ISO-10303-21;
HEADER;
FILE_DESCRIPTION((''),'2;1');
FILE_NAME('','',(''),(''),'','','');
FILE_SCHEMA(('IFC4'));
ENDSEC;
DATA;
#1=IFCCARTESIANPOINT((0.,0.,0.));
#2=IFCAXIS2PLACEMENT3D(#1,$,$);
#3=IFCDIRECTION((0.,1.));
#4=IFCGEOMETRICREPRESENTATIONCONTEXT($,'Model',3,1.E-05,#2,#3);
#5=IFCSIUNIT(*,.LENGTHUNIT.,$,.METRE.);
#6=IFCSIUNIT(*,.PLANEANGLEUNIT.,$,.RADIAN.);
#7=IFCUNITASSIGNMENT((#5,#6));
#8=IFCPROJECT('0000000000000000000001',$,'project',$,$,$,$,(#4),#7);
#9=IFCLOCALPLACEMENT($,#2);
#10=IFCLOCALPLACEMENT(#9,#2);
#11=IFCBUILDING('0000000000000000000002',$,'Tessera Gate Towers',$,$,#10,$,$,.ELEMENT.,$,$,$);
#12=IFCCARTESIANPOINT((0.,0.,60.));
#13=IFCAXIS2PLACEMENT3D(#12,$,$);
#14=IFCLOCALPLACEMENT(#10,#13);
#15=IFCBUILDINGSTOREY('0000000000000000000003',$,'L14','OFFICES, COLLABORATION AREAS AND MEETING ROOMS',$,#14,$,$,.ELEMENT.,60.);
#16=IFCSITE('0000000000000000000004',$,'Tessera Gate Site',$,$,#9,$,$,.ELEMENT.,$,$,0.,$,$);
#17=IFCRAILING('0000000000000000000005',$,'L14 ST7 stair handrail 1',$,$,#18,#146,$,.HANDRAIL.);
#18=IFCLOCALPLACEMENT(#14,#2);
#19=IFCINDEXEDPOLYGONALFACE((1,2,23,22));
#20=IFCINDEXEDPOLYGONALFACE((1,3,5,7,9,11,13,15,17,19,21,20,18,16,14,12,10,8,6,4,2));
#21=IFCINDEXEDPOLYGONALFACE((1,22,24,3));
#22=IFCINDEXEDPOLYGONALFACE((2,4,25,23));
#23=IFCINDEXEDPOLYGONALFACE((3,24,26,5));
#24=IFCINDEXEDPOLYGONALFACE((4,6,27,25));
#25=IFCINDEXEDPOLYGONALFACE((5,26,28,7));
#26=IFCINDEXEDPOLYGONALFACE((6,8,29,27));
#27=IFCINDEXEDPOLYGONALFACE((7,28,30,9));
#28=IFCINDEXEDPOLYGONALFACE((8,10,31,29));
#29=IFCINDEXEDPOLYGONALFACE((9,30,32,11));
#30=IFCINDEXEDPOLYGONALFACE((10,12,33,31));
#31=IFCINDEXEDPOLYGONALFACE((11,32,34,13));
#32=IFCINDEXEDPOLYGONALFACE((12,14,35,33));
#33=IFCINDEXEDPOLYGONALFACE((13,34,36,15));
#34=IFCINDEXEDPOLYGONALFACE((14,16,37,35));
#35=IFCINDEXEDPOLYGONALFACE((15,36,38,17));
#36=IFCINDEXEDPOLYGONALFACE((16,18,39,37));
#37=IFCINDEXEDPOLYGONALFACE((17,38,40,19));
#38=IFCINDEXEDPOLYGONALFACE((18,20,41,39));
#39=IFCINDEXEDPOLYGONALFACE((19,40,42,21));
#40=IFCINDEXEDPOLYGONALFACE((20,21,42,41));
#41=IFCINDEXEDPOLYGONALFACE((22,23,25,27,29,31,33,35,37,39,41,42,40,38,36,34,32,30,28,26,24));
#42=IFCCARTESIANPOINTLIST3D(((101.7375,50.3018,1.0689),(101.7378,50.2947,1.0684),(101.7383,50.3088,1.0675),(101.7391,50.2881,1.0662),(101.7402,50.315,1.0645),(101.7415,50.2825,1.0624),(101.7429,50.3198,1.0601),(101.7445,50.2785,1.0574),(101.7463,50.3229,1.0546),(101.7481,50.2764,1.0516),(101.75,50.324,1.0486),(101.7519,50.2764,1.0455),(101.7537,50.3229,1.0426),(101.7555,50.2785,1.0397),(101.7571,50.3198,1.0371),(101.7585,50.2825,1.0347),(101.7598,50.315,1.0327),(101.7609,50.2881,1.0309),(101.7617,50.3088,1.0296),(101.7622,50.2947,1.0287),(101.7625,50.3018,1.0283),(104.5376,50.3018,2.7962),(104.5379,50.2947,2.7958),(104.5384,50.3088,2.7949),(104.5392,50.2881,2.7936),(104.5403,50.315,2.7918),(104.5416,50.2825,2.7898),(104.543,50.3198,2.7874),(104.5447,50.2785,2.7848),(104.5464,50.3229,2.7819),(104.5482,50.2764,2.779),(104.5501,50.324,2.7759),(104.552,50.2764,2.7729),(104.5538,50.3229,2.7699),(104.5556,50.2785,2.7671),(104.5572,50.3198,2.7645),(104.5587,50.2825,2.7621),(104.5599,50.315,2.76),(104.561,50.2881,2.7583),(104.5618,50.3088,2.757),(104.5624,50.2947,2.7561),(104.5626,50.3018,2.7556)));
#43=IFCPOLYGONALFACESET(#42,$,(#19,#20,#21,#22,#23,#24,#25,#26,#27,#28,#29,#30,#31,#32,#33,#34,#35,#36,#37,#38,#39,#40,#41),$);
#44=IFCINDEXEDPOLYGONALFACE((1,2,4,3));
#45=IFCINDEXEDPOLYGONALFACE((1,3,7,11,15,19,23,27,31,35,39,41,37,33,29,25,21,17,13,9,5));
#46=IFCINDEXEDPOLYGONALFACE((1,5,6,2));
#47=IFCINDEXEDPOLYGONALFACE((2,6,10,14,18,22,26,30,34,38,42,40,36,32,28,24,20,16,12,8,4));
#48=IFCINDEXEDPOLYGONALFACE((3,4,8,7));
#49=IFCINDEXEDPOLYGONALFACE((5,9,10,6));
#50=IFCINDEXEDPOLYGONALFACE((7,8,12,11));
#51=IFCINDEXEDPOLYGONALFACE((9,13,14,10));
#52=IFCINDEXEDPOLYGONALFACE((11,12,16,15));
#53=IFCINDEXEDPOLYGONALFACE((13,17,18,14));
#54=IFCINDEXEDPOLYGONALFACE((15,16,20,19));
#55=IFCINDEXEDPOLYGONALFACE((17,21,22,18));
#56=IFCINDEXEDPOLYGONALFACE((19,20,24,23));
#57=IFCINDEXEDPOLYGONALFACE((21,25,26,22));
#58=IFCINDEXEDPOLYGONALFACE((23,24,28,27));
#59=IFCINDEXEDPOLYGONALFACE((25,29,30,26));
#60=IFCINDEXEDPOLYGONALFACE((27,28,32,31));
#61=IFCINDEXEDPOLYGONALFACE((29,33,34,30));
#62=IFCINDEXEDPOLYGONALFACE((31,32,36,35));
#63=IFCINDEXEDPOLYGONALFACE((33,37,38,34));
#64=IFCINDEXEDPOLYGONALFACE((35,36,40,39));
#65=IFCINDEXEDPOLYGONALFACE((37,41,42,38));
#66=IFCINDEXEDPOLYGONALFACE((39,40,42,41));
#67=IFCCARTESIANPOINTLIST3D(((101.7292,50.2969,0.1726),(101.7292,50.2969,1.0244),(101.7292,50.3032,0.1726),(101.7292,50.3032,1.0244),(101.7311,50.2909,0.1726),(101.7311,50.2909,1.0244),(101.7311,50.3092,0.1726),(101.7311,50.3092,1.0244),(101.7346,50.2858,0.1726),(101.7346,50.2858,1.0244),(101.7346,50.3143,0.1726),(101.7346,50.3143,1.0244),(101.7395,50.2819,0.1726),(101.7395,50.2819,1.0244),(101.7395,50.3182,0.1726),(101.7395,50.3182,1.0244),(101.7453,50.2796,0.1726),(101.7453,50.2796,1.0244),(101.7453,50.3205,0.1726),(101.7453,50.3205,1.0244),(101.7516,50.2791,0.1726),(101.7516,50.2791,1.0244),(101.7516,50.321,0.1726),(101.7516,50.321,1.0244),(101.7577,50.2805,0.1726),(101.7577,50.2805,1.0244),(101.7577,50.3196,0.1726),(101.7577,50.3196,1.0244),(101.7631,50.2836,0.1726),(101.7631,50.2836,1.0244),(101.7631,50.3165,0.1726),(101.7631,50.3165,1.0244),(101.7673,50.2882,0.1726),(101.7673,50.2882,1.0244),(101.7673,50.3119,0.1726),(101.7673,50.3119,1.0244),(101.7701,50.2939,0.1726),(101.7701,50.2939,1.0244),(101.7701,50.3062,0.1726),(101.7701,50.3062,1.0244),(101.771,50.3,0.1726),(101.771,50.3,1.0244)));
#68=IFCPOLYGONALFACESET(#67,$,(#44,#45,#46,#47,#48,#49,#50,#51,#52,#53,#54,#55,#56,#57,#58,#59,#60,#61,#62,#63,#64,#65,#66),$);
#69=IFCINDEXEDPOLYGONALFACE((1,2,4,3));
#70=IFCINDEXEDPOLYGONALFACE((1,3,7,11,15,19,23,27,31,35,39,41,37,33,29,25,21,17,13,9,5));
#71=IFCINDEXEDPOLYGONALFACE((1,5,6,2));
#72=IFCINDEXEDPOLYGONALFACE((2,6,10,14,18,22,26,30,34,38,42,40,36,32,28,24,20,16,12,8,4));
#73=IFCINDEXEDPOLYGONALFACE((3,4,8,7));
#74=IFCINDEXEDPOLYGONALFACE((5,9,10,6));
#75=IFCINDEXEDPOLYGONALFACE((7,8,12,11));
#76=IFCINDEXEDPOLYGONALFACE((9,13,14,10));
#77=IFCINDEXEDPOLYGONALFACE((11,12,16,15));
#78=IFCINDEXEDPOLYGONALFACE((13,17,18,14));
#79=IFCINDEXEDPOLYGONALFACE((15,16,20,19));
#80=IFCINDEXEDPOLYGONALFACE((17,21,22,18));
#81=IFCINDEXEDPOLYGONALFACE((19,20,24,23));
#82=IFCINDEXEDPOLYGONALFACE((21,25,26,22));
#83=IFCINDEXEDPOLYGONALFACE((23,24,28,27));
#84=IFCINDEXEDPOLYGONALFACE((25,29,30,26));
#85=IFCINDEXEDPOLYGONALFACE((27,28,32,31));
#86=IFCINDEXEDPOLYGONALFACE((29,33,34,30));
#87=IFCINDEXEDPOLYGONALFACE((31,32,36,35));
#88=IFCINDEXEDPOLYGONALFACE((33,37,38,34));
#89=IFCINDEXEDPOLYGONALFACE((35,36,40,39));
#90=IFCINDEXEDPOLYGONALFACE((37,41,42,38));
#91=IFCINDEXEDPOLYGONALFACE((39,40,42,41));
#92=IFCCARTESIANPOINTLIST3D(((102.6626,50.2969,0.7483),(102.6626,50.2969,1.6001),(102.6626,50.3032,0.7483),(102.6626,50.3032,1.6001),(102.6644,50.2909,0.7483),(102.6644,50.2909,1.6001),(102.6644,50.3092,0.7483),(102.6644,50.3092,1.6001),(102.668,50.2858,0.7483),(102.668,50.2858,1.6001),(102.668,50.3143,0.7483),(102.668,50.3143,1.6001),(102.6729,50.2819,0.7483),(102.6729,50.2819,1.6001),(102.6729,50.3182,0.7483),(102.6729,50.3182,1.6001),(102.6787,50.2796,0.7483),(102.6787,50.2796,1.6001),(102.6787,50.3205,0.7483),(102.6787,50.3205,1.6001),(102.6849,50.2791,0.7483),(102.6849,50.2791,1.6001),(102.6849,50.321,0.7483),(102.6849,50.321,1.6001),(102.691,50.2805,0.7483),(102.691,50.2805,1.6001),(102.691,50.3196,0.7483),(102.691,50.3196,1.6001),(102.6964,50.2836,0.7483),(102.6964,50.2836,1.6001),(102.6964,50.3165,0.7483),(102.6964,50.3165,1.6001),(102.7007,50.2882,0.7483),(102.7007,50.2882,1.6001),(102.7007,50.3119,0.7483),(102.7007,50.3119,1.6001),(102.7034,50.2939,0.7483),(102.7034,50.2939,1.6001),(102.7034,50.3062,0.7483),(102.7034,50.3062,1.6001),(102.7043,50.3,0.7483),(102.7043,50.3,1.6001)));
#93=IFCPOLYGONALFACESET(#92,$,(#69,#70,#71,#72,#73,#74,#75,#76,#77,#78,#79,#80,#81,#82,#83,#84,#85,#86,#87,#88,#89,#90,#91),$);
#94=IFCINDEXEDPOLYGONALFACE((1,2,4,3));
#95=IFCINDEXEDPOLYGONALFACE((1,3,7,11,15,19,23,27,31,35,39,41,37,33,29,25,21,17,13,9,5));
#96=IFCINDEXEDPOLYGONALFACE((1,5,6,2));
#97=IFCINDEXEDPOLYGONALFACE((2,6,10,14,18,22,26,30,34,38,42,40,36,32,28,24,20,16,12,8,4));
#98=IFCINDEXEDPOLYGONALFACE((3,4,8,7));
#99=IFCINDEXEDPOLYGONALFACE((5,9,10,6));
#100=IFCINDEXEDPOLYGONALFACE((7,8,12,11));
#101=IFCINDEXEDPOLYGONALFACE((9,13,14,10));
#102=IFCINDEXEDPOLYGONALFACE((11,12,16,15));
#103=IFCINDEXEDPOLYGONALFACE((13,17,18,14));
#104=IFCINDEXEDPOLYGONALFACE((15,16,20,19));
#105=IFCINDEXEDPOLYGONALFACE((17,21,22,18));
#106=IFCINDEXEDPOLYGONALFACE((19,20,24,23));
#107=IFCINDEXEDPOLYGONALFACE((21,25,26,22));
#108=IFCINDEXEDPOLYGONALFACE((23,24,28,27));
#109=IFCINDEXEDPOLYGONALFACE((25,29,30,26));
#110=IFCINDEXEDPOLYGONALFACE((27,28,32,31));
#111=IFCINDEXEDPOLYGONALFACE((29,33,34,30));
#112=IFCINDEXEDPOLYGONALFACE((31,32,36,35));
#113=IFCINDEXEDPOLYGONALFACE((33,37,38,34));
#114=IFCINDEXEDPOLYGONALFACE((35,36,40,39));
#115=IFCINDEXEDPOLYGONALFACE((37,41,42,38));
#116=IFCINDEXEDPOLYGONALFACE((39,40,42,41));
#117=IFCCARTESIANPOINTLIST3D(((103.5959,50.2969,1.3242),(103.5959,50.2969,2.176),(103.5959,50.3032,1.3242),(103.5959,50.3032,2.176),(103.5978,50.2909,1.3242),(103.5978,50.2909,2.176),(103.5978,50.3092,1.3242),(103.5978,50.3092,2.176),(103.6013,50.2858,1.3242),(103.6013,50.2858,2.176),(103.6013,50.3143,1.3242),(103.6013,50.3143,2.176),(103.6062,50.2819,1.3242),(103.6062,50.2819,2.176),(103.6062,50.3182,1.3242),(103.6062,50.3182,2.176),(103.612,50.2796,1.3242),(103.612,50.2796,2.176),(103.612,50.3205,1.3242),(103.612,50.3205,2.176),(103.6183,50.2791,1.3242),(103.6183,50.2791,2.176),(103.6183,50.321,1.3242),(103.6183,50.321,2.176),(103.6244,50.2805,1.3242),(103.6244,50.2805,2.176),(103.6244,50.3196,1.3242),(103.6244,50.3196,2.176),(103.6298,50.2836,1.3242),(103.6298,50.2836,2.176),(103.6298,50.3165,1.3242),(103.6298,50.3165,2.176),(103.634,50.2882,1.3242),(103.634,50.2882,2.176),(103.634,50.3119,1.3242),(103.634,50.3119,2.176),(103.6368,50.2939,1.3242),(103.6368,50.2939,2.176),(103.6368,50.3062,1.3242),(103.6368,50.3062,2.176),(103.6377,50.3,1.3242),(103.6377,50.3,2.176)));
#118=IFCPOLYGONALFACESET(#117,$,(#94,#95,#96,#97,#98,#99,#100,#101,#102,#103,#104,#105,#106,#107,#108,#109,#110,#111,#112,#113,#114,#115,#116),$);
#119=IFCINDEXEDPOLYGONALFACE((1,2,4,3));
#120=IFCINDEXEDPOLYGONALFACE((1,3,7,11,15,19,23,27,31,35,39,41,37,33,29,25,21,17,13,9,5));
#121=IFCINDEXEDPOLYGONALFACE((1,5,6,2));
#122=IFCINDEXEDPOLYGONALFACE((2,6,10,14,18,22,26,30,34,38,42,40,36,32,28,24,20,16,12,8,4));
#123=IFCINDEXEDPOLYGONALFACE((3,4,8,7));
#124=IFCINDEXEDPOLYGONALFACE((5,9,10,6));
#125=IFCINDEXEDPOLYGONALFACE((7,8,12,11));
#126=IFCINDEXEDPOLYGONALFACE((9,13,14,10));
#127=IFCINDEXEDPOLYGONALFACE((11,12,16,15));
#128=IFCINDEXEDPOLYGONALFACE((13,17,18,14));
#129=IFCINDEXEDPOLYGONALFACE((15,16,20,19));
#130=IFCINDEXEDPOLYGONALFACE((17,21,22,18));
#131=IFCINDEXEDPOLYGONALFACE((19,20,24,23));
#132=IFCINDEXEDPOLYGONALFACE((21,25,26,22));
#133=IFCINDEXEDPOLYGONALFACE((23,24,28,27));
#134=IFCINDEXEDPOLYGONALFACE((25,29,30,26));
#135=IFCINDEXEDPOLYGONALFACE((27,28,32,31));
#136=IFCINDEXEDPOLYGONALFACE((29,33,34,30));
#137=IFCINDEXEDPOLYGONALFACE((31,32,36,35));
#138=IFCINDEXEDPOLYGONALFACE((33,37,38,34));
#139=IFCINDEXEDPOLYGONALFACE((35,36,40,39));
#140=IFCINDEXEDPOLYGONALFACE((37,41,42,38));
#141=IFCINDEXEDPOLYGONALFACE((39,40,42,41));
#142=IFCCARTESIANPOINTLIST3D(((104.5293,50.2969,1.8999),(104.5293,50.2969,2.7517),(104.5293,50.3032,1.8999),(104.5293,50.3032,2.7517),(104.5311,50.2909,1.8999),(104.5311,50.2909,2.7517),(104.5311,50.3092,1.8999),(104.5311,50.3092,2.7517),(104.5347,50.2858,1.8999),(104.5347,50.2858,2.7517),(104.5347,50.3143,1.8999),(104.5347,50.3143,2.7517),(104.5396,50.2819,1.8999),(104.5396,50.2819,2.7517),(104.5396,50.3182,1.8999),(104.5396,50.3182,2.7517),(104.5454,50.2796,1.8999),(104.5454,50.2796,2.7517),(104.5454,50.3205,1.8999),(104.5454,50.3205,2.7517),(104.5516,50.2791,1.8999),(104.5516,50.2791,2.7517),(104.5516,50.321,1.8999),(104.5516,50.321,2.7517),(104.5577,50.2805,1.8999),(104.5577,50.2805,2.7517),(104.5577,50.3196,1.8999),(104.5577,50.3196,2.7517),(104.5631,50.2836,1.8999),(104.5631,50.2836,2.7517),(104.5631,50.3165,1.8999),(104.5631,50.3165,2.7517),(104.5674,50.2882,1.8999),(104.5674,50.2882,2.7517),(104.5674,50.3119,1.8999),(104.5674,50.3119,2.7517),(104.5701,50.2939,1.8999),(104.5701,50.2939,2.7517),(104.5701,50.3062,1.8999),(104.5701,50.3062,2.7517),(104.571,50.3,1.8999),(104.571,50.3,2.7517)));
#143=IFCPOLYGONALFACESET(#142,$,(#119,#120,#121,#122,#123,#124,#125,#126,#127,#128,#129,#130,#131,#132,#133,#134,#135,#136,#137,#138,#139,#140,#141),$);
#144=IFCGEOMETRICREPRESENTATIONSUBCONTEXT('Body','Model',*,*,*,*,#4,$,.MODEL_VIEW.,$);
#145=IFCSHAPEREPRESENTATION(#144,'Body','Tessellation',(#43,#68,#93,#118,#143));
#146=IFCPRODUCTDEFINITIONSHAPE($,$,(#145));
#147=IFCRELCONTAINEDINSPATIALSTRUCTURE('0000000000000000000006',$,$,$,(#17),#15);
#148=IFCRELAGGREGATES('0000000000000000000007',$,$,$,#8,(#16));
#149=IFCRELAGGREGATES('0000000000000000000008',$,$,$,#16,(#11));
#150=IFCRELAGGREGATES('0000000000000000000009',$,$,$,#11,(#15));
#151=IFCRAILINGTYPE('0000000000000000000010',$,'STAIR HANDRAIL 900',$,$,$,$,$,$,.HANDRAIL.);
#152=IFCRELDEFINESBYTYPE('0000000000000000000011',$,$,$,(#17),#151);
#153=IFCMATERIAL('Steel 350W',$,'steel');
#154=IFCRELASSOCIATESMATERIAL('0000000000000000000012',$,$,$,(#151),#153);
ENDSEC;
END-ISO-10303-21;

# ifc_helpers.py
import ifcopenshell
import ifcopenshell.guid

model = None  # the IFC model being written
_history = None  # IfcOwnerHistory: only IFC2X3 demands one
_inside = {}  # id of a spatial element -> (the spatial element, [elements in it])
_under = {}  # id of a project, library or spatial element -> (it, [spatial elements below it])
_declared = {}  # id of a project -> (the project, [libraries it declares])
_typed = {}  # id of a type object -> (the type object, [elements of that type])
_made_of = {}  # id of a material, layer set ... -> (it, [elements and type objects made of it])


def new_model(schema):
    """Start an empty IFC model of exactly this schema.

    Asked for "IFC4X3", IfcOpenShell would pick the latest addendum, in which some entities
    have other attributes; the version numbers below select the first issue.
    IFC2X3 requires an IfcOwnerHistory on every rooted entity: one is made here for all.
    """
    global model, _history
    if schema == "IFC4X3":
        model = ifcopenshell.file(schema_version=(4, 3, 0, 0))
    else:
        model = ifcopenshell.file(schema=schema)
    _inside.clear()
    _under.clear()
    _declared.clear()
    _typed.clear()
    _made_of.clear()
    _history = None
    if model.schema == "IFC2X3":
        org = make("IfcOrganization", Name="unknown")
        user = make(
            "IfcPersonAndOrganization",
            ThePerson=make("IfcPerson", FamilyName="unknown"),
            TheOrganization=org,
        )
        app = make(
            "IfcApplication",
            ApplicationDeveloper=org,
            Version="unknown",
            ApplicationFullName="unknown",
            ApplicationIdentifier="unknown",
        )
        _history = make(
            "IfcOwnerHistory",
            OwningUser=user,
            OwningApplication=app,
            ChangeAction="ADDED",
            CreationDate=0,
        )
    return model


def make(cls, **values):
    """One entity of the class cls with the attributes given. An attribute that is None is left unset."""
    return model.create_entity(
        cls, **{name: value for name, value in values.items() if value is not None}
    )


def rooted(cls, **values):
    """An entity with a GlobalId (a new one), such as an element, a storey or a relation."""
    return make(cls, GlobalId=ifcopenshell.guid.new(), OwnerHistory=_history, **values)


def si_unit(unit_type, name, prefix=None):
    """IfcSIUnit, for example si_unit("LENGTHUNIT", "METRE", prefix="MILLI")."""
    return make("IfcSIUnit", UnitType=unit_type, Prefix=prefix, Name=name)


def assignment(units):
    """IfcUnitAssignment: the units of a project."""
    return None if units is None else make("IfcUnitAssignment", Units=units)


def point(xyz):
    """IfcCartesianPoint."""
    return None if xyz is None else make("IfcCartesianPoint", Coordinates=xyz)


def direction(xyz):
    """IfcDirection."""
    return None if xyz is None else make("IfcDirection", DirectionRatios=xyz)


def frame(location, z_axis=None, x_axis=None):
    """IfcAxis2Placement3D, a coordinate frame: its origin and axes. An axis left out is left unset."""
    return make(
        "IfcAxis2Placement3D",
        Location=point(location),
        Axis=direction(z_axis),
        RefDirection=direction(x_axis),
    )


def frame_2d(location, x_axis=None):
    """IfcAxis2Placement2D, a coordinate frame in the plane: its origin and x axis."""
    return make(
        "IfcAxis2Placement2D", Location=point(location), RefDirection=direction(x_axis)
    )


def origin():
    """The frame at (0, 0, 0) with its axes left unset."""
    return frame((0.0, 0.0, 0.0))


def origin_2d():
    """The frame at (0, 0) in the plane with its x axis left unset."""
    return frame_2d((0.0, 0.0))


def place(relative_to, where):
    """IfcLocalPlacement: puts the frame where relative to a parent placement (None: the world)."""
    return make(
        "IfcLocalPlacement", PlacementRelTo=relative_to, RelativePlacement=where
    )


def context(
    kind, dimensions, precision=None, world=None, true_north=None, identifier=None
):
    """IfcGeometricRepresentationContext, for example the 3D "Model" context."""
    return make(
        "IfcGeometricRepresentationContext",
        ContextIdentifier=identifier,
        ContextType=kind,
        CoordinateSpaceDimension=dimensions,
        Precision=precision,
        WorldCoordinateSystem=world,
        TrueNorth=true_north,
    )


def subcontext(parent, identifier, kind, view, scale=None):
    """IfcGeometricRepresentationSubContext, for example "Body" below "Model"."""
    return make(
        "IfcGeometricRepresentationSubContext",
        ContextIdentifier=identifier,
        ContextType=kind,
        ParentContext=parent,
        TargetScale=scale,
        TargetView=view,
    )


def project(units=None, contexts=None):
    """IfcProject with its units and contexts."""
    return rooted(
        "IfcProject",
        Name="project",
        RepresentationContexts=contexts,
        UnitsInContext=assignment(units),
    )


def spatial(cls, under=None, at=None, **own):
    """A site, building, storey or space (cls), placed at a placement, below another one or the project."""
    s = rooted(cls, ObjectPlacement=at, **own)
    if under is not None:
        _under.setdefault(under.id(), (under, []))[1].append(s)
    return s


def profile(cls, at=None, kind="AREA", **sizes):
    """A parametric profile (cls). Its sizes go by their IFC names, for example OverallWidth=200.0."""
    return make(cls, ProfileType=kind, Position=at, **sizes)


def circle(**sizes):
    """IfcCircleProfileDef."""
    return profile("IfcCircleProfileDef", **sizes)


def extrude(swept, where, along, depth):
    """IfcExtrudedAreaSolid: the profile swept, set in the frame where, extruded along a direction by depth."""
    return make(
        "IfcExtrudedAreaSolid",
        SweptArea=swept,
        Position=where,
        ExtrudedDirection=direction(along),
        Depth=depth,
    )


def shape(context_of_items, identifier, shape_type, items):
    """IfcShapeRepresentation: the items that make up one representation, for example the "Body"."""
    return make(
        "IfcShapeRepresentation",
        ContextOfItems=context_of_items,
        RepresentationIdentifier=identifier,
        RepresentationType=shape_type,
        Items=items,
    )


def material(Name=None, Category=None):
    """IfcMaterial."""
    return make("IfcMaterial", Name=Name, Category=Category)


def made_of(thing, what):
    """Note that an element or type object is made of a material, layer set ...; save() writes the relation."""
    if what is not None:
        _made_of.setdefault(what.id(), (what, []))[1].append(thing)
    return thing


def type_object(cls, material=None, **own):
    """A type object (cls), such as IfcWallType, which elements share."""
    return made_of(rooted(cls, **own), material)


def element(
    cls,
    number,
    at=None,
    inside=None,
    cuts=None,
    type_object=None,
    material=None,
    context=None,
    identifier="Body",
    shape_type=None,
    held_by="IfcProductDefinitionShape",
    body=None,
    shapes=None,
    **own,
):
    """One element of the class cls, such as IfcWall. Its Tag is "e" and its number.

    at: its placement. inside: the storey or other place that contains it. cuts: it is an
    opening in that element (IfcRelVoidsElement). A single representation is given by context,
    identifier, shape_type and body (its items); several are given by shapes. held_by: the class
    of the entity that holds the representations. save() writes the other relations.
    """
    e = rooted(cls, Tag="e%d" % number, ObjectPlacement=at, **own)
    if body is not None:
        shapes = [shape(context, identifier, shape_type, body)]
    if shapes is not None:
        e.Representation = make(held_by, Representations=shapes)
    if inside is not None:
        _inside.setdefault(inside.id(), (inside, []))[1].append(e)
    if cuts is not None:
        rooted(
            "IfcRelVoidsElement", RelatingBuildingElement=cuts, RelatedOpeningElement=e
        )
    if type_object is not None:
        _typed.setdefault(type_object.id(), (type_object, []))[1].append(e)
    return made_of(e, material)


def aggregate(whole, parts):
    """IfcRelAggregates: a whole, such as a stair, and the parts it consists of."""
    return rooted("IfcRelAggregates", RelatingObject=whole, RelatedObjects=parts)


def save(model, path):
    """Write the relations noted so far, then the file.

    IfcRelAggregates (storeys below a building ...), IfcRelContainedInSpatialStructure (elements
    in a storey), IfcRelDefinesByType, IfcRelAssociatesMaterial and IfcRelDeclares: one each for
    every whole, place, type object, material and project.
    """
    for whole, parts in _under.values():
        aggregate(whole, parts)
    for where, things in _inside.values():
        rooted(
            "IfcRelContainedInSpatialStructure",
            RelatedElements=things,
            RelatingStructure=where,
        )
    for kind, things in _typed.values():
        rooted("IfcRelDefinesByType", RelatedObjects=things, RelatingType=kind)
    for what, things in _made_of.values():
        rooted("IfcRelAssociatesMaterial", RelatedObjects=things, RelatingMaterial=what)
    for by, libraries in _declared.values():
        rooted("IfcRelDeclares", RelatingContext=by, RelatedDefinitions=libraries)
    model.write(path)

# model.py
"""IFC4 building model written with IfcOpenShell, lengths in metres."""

from ifc_helpers import new_model, si_unit, direction, frame, origin, origin_2d, place, context, subcontext, project, spatial, circle, extrude, material, type_object, element, save


model = new_model("IFC4")

# Units and contexts
model_context = context("Model", 3, precision=1e-05, world=origin(), true_north=direction((0.0, 1.0)))
body_context = subcontext(model_context, "Body", "Model", "MODEL_VIEW")
ifc_project = project(units=[si_unit("LENGTHUNIT", "METRE"), si_unit("PLANEANGLEUNIT", "RADIAN")], contexts=[model_context])

# Site, building, storey
site_placement = place(None, origin())
site = spatial("IfcSite", under=ifc_project, at=site_placement, Name="Tessera Gate Site", CompositionType="ELEMENT", RefElevation=0.0)
building_placement = place(site_placement, origin())
building = spatial("IfcBuilding", under=site, at=building_placement, Name="Tessera Gate Towers", CompositionType="ELEMENT")
storey_placement = place(building_placement, frame((0.0, 0.0, 60.0)))
storey = spatial("IfcBuildingStorey", under=building, at=storey_placement, Name="L14", Description="OFFICES, COLLABORATION AREAS AND MEETING ROOMS", CompositionType="ELEMENT", Elevation=60.0)

# Railing
ifc_material_1 = material(Name="Steel 350W", Category="steel")
railing_type_1 = type_object("IfcRailingType", Name="STAIR HANDRAIL 900", PredefinedType="HANDRAIL", material=ifc_material_1)
railing_1_placement = place(storey_placement, frame((101.75, 50.3, 0.1726)))
element("IfcRailing", 1, at=railing_1_placement, inside=storey, type_object=railing_type_1, Name="L14 ST7 stair handrail 1", PredefinedType="HANDRAIL", context=body_context, shape_type="SweptSolid", body=[
    extrude(circle(Radius=0.0239, at=origin_2d()), frame((0.0, 0.0, 0.876), z_axis=(0.85109, 0.0, 0.52502), x_axis=(0.0, 1.0, 0.0)), (0.0, 0.0, 1.0), 3.29),
    extrude(circle(Radius=0.021, at=origin_2d()), origin(), (0.0, 0.0, 1.0), 0.8518),
    extrude(circle(Radius=0.021, at=origin_2d()), frame((0.9333, 0.0, 0.5757)), (0.0, 0.0, 1.0), 0.8518),
    extrude(circle(Radius=0.021, at=origin_2d()), frame((1.8667, 0.0, 1.1516)), (0.0, 0.0, 1.0), 0.8518),
    extrude(circle(Radius=0.021, at=origin_2d()), frame((2.8, 0.0, 1.7273)), (0.0, 0.0, 1.0), 0.8518),
])

save(model, "model.ifc")
